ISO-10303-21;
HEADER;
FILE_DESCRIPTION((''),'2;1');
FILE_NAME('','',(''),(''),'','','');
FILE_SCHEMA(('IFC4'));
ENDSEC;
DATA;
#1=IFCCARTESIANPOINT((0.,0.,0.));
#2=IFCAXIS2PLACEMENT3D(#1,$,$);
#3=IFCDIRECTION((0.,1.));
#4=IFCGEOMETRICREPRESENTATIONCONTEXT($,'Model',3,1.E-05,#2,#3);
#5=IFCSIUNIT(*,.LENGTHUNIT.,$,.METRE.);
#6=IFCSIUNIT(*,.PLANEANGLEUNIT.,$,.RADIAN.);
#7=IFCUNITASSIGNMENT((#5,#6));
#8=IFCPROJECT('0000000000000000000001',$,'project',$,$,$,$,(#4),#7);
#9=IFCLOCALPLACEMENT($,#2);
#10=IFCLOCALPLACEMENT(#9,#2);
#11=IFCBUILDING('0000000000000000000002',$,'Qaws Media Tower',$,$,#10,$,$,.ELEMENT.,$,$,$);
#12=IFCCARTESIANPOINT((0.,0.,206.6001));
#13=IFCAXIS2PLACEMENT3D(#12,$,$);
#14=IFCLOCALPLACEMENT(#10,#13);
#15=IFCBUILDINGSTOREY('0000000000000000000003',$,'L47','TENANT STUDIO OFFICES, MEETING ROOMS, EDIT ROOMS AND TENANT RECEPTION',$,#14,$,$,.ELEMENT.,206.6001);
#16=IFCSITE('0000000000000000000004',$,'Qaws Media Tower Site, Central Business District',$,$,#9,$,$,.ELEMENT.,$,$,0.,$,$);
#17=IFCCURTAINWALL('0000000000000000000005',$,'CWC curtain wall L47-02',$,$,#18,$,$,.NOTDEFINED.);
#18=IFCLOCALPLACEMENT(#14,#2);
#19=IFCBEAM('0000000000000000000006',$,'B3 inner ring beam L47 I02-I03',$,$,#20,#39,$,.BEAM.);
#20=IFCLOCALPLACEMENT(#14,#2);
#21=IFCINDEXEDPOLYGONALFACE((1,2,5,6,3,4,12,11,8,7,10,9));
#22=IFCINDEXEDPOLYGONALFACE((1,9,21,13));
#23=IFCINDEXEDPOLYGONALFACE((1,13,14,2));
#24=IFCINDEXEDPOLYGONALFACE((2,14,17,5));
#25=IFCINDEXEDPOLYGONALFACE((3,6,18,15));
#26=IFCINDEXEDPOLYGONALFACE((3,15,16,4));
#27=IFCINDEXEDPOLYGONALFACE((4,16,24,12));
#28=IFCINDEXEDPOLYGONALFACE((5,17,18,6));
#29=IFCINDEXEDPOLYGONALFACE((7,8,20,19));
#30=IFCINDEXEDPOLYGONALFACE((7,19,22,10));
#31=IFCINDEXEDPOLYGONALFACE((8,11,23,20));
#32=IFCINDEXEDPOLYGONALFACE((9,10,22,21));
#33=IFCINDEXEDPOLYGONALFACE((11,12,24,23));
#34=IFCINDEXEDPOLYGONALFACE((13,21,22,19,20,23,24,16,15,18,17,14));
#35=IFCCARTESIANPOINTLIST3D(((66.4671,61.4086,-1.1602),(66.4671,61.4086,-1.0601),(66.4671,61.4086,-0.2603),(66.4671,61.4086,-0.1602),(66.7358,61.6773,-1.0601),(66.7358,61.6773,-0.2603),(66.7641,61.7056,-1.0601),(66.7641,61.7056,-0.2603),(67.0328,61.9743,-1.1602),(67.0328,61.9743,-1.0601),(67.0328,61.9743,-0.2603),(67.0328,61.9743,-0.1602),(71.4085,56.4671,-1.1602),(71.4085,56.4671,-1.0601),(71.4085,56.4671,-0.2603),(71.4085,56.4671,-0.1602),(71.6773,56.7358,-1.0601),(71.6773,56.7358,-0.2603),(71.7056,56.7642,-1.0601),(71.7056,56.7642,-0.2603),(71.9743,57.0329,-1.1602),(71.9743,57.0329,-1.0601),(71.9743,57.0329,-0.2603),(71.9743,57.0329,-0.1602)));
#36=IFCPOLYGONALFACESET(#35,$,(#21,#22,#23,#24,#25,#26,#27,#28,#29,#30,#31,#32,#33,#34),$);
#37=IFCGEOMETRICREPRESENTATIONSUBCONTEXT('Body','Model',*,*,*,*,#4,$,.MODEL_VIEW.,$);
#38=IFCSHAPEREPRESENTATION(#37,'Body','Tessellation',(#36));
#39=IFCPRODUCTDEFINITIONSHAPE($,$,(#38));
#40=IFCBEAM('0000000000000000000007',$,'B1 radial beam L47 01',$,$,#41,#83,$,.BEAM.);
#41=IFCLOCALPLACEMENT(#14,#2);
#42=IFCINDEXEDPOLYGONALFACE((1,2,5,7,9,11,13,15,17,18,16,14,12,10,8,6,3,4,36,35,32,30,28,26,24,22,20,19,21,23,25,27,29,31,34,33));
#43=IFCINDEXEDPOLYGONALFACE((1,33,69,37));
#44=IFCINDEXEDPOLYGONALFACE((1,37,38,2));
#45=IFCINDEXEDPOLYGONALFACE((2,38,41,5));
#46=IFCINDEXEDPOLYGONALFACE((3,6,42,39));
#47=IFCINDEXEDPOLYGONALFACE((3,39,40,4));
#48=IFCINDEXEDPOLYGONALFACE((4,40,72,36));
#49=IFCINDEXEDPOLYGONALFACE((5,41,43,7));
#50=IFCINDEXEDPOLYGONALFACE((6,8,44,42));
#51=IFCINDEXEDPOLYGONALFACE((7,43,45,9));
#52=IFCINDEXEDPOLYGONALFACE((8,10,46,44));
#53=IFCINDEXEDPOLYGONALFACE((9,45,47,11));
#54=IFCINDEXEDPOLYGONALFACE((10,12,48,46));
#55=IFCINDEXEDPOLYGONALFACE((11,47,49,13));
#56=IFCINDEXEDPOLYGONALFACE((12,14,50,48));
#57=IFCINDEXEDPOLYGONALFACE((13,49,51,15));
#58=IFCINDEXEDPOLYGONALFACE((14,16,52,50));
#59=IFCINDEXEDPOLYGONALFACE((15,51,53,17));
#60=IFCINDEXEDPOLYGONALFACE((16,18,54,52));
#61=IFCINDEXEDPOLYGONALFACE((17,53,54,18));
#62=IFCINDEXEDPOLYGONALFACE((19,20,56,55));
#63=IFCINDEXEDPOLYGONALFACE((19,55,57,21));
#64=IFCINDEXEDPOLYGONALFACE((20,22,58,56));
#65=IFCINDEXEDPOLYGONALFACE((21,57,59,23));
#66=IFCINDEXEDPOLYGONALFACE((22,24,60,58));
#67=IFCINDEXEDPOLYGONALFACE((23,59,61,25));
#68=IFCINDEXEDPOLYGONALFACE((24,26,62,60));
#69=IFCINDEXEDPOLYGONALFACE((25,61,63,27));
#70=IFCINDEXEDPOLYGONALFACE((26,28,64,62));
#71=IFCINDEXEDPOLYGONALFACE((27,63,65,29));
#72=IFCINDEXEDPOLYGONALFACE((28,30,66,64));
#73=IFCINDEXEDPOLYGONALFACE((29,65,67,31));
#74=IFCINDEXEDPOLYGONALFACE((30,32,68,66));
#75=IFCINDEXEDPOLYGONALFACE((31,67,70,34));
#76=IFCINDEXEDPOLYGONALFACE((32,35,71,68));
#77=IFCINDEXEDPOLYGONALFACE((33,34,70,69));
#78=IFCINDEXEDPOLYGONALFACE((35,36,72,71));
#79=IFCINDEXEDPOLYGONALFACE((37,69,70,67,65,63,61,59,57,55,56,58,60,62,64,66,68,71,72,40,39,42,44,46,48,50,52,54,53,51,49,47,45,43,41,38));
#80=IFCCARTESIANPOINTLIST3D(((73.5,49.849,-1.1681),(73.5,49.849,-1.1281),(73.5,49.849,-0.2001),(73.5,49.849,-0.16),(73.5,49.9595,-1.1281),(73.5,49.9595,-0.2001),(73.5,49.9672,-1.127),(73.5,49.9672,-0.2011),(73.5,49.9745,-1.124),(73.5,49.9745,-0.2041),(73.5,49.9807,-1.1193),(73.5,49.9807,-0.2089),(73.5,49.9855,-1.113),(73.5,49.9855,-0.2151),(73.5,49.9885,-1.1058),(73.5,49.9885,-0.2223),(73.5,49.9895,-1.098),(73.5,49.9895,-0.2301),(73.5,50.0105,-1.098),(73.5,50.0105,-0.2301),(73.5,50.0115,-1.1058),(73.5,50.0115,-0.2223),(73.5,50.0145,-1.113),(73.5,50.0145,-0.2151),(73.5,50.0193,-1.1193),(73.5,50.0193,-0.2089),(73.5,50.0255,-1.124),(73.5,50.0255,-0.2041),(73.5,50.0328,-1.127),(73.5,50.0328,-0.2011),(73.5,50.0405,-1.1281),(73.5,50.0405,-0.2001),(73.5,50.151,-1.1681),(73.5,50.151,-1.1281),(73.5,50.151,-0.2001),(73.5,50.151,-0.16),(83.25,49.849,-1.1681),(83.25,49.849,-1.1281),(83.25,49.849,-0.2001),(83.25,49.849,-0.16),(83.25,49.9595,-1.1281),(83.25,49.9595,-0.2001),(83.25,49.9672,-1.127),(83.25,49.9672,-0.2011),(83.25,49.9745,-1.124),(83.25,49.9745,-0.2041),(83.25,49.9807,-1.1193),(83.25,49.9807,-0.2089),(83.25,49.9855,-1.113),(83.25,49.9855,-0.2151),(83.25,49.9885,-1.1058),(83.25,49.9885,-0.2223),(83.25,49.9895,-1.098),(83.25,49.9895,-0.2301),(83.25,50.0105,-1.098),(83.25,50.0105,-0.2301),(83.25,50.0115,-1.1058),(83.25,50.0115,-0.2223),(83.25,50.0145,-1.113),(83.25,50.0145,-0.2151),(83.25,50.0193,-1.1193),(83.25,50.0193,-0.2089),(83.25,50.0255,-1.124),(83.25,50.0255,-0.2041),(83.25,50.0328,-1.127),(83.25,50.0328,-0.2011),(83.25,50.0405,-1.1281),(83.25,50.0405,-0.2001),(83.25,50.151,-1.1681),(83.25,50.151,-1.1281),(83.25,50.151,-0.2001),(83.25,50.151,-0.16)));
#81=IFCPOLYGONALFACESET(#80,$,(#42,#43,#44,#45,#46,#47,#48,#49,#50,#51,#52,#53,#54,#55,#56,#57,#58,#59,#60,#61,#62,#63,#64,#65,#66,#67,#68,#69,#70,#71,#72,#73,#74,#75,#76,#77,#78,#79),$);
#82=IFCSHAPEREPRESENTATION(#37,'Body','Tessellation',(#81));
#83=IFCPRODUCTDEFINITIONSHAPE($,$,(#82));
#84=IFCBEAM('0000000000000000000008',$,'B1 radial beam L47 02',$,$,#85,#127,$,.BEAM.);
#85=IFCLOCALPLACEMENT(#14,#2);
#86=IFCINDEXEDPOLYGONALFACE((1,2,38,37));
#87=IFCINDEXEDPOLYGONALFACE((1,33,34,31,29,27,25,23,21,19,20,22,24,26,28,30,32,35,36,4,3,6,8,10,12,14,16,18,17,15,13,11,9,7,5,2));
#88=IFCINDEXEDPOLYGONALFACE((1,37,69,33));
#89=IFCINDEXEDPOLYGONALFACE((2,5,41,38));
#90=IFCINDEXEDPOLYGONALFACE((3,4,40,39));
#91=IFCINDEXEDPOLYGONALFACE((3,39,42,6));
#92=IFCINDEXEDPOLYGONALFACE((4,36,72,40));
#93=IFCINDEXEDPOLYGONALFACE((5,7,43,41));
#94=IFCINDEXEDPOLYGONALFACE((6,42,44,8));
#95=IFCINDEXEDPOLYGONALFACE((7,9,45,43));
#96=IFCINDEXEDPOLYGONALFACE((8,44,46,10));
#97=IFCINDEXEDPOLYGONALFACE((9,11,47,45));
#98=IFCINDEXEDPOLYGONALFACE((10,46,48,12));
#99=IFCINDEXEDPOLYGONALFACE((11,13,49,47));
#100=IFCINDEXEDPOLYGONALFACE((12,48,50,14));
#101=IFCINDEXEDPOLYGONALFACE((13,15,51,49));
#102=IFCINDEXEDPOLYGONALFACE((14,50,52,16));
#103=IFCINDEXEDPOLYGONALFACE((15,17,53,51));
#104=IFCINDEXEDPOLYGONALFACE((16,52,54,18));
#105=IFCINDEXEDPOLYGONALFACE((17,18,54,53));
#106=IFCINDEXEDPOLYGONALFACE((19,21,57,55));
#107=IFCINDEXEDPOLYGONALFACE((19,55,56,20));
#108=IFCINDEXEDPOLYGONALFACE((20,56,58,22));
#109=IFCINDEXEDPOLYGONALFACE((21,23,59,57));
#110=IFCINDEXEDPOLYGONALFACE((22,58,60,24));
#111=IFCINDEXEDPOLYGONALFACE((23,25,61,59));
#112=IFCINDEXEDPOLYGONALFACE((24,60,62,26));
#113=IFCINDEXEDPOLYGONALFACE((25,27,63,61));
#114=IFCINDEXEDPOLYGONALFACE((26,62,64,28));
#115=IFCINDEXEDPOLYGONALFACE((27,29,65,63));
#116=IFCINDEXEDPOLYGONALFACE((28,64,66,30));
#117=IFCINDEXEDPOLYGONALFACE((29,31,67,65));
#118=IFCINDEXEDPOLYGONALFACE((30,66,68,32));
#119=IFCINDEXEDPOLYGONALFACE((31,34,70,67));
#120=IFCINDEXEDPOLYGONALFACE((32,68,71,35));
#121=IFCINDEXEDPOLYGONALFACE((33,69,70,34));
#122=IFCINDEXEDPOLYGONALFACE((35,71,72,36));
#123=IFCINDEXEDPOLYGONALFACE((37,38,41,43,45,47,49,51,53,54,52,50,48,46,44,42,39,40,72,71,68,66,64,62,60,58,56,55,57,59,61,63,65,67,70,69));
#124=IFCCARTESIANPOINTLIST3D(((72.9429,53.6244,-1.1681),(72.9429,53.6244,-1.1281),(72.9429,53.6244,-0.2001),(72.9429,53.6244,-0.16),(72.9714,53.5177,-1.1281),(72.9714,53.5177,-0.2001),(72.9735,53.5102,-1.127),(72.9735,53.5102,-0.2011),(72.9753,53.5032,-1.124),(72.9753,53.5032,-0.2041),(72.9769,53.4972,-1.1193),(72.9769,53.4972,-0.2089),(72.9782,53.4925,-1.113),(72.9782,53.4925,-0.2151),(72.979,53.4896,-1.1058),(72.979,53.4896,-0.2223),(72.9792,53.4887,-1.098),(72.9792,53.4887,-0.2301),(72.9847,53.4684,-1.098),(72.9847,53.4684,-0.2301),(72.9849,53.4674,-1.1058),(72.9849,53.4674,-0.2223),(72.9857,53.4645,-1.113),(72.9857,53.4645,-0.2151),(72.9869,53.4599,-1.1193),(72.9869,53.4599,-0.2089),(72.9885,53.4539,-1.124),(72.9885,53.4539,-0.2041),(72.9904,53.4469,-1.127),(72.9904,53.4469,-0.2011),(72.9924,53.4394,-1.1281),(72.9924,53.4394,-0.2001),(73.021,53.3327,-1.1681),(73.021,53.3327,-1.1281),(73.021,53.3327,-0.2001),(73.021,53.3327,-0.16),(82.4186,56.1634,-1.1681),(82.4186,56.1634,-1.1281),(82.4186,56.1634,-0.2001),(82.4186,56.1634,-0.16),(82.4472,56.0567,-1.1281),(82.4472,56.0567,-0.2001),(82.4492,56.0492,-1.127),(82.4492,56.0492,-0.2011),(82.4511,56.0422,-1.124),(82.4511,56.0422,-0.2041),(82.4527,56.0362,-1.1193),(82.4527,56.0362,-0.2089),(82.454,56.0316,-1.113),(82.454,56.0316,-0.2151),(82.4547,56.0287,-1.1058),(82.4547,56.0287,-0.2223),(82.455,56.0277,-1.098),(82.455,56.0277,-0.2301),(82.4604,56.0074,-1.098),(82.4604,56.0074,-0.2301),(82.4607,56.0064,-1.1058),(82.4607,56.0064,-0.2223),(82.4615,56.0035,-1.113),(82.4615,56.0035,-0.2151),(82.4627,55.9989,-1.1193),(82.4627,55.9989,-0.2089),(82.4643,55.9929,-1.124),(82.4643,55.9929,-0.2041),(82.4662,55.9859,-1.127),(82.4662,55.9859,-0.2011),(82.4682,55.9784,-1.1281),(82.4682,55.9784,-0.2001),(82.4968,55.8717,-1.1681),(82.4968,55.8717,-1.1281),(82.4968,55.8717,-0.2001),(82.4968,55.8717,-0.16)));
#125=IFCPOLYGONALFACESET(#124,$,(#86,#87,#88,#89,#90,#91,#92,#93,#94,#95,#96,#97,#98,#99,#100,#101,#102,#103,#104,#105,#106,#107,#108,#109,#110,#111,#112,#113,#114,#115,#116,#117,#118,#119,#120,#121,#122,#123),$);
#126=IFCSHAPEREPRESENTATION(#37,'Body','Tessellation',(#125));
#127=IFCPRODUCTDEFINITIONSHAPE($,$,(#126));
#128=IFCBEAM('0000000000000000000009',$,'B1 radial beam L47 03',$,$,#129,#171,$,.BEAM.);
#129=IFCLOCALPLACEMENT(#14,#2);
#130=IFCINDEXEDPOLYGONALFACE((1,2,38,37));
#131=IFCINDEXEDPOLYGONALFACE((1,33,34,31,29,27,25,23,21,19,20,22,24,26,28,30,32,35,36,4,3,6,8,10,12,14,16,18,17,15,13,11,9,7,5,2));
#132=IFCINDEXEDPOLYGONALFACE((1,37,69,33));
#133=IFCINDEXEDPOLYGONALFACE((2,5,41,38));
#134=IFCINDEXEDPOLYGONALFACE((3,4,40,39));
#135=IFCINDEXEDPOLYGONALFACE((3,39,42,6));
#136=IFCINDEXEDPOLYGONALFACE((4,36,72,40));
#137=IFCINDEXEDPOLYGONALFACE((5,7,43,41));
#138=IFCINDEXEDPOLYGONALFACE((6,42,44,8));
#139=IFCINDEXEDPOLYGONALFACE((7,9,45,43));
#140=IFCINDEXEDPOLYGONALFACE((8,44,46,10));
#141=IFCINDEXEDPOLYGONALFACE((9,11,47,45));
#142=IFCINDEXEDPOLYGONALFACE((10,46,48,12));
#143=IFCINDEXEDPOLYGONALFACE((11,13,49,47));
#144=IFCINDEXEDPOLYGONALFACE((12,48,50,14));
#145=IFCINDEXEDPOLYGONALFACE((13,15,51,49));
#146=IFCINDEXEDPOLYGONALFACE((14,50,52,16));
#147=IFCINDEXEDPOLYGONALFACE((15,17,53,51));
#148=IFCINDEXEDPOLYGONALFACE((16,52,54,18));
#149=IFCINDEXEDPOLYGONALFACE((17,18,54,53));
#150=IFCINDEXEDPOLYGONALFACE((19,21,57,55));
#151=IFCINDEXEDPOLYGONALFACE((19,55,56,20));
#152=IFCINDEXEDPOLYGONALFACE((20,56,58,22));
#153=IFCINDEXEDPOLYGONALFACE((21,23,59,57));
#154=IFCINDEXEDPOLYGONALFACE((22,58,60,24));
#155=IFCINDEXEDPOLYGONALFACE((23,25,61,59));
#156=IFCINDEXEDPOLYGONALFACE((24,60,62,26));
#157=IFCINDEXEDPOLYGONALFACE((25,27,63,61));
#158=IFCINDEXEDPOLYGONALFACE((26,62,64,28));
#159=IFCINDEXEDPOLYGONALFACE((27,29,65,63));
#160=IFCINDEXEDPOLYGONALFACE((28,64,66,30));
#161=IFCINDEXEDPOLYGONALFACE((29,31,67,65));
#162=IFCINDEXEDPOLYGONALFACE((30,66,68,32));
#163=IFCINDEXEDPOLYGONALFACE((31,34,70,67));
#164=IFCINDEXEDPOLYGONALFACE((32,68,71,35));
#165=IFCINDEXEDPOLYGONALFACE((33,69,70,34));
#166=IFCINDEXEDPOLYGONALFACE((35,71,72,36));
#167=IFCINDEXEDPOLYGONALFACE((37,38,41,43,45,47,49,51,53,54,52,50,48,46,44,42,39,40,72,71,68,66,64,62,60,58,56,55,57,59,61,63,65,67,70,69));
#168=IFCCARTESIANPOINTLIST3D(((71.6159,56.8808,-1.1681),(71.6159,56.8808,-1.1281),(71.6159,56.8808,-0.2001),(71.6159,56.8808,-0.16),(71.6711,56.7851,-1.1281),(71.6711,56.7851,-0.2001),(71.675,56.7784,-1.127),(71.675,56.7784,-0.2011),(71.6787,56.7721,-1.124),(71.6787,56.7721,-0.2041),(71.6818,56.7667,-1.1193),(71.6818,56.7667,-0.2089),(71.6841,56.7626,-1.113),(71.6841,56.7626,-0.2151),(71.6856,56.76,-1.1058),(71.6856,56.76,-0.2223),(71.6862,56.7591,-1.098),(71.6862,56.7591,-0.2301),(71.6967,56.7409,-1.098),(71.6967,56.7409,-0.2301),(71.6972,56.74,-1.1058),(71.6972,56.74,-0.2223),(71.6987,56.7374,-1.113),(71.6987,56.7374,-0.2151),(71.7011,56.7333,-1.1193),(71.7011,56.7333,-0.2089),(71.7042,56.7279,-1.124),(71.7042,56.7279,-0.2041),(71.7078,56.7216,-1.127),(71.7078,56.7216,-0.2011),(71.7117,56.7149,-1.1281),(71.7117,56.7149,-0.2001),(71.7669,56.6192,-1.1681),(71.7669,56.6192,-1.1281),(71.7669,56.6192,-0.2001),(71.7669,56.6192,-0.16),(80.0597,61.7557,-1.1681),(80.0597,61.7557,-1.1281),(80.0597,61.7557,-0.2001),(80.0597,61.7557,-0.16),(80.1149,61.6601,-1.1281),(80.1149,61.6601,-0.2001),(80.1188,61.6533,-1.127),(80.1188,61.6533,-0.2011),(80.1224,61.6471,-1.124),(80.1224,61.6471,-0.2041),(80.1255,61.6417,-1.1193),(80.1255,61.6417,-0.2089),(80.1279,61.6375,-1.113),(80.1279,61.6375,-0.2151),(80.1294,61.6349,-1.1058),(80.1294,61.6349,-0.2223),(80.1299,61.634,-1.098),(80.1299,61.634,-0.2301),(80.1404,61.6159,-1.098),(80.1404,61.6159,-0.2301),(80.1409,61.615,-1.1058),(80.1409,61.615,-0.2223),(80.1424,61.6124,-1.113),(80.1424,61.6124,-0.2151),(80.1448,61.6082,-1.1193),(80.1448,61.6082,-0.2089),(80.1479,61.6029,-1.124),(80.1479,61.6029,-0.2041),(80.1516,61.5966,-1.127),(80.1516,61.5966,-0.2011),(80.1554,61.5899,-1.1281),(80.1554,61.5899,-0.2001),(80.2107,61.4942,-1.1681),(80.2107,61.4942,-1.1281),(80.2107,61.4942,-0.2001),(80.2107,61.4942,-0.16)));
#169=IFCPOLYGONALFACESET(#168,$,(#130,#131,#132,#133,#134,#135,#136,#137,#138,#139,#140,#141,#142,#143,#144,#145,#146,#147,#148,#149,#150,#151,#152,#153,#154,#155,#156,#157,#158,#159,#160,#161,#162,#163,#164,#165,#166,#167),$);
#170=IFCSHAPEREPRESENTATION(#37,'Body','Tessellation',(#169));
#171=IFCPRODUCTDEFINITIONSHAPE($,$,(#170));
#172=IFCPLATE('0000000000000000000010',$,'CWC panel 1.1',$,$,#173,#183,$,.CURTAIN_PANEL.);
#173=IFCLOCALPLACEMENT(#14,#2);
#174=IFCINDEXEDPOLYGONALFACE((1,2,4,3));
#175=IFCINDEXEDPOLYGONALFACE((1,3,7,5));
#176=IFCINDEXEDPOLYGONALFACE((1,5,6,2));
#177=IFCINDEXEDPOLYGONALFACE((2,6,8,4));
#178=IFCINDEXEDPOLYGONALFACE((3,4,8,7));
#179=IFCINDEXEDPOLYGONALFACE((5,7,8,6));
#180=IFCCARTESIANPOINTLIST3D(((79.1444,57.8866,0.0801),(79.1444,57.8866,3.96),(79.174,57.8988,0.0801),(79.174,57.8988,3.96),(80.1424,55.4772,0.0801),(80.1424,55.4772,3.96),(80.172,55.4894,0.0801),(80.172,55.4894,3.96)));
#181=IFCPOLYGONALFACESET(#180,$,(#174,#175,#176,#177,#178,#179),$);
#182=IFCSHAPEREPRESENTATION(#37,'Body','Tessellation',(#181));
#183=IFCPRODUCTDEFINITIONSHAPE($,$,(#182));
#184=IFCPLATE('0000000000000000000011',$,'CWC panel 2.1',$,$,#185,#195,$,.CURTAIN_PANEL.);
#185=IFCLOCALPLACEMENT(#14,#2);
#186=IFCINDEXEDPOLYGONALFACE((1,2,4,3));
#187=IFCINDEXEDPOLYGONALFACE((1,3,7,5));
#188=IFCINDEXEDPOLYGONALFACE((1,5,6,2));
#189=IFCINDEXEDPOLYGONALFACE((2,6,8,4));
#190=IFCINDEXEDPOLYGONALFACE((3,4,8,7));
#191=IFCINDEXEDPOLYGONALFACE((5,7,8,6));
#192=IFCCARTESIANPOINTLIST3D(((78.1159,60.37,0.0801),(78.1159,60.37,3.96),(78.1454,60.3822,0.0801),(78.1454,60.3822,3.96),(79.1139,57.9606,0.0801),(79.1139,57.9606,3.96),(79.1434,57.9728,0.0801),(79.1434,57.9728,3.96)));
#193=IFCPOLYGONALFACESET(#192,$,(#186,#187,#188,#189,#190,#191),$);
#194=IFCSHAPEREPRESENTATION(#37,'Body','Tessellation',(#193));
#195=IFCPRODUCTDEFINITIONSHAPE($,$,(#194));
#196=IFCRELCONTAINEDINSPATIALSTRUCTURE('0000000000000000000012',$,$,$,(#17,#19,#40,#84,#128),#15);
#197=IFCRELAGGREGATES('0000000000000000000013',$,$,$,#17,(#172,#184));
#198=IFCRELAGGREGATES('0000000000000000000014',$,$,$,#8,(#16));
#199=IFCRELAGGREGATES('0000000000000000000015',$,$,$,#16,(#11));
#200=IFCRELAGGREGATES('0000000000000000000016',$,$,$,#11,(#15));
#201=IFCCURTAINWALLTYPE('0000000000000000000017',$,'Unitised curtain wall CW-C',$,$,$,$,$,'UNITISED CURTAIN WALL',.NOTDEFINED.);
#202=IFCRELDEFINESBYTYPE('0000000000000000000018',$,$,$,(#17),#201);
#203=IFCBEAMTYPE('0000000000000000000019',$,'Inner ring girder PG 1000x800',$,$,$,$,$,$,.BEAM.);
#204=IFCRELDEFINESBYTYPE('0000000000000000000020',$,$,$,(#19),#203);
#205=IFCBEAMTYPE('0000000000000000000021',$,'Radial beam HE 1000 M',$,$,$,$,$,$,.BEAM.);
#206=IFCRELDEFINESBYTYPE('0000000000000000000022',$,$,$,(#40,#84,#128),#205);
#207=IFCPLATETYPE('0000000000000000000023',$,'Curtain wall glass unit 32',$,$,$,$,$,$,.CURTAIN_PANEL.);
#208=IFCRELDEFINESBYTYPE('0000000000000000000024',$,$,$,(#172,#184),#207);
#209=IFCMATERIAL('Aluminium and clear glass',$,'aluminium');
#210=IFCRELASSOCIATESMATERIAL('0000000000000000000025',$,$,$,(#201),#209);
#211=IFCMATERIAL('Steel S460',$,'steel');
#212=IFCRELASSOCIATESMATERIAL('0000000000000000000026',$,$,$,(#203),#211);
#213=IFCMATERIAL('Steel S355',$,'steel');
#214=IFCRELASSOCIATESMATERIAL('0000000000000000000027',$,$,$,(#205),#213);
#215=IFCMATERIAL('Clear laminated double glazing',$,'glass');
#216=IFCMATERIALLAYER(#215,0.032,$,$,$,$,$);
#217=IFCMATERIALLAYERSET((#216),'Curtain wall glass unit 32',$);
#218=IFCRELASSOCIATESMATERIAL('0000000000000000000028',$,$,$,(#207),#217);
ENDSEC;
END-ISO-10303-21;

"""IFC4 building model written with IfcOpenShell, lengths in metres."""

from ifc_helpers import new_model, si_unit, direction, frame, origin, origin_2d, place, context, subcontext, project, spatial, rectangle, i_section, extrude, material, layer, layer_set, material_profile, profile_set, type_object, element, aggregate, save


model = new_model("IFC4")

# Units and contexts
model_context = context("Model", 3, precision=1e-05, world=origin(), true_north=direction((0.0, 1.0)))
body_context = subcontext(model_context, "Body", "Model", "MODEL_VIEW")
ifc_project = project(units=[si_unit("LENGTHUNIT", "METRE"), si_unit("PLANEANGLEUNIT", "RADIAN")], contexts=[model_context])

# Site, building, storey
site_placement = place(None, origin())
site = spatial("IfcSite", under=ifc_project, at=site_placement, Name="Qaws Media Tower Site, Central Business District", CompositionType="ELEMENT", RefElevation=0.0)
building_placement = place(site_placement, origin())
building = spatial("IfcBuilding", under=site, at=building_placement, Name="Qaws Media Tower", CompositionType="ELEMENT")
storey_placement = place(building_placement, frame((0.0, 0.0, 206.6001)))
storey = spatial("IfcBuildingStorey", under=building, at=storey_placement, Name="L47", Description="TENANT STUDIO OFFICES, MEETING ROOMS, EDIT ROOMS AND TENANT RECEPTION", CompositionType="ELEMENT", Elevation=206.6001)

# Curtain wall
ifc_material_1 = material(Name="Aluminium and clear glass", Category="aluminium")
curtain_wall_type = type_object("IfcCurtainWallType", Name="Unitised curtain wall CW-C", ElementType="UNITISED CURTAIN WALL", PredefinedType="NOTDEFINED", material=ifc_material_1)
curtain_wall_1_placement = place(storey_placement, origin())
curtain_wall_1 = element("IfcCurtainWall", 1, at=curtain_wall_1_placement, inside=storey, type_object=curtain_wall_type, Name="CWC curtain wall L47-02", PredefinedType="NOTDEFINED")

# Beams
ifc_material_2 = material(Name="Steel S460", Category="steel")
ifc_material_profile_1 = material_profile(ifc_material_2, i_section(OverallWidth=0.8, OverallDepth=1.0, WebThickness=0.04, FlangeThickness=0.1001, at=origin_2d()), Name="PG 1000x800")
ifc_profile_set_1 = profile_set([ifc_material_profile_1], Name="Steel S460")
beam_type_1 = type_object("IfcBeamType", Name="Inner ring girder PG 1000x800", PredefinedType="BEAM", material=ifc_profile_set_1)
beam_1_placement = place(storey_placement, frame((71.6914, 56.75, -0.6602), z_axis=(-0.707107, 0.707107, 0.0), x_axis=(-0.707107, -0.707107, 0.0)))
element("IfcBeam", 2, at=beam_1_placement, inside=storey, type_object=beam_type_1, Name="B3 inner ring beam L47 I02-I03", PredefinedType="BEAM", context=body_context, shape_type="SweptSolid", body=[
    extrude(i_section(OverallWidth=0.8, OverallDepth=1.0, WebThickness=0.04, FlangeThickness=0.1001, at=origin_2d()), origin(), (0.0, 0.0, 1.0), 6.9883),
])
ifc_material_3 = material(Name="Steel S355", Category="steel")
ifc_material_profile_2 = material_profile(ifc_material_3, i_section(OverallWidth=0.302, OverallDepth=1.0081, WebThickness=0.021, FlangeThickness=0.04, FilletRadius=0.03, at=origin_2d()), Name="HE 1000 M")
ifc_profile_set_2 = profile_set([ifc_material_profile_2], Name="Steel S355")
beam_type_2 = type_object("IfcBeamType", Name="Radial beam HE 1000 M", PredefinedType="BEAM", material=ifc_profile_set_2)
beam_2_placement = place(storey_placement, frame((73.5, 50.0, -0.6641), z_axis=(1.0, 0.0, 0.0), x_axis=(0.0, 1.0, 0.0)))
element("IfcBeam", 3, at=beam_2_placement, inside=storey, type_object=beam_type_2, Name="B1 radial beam L47 01", PredefinedType="BEAM", context=body_context, shape_type="SweptSolid", body=[
    extrude(i_section(OverallWidth=0.302, OverallDepth=1.0081, WebThickness=0.021, FlangeThickness=0.04, FilletRadius=0.03, at=origin_2d()), origin(), (0.0, 0.0, 1.0), 9.75),
])
beam_3_placement = place(storey_placement, frame((72.9819, 53.4785, -0.6641), z_axis=(0.965925, 0.258821, 0.0), x_axis=(-0.258821, 0.965925, 0.0)))
element("IfcBeam", 4, at=beam_3_placement, inside=storey, type_object=beam_type_2, Name="B1 radial beam L47 02", PredefinedType="BEAM", context=body_context, shape_type="SweptSolid", body=[
    extrude(i_section(OverallWidth=0.302, OverallDepth=1.0081, WebThickness=0.021, FlangeThickness=0.04, FilletRadius=0.03, at=origin_2d()), origin(), (0.0, 0.0, 1.0), 9.8101),
])
beam_4_placement = place(storey_placement, frame((71.6914, 56.75, -0.6641), z_axis=(0.866028, 0.499996, 0.0), x_axis=(-0.499996, 0.866028, 0.0)))
element("IfcBeam", 5, at=beam_4_placement, inside=storey, type_object=beam_type_2, Name="B1 radial beam L47 03", PredefinedType="BEAM", context=body_context, shape_type="SweptSolid", body=[
    extrude(i_section(OverallWidth=0.302, OverallDepth=1.0081, WebThickness=0.021, FlangeThickness=0.04, FilletRadius=0.03, at=origin_2d()), origin(), (0.0, 0.0, 1.0), 9.75),
])

# Plates
ifc_material_4 = material(Name="Clear laminated double glazing", Category="glass")
ifc_layer_1 = layer(ifc_material_4, 0.032)
ifc_layer_set_1 = layer_set([ifc_layer_1], Name="Curtain wall glass unit 32")
plate_type_1 = type_object("IfcPlateType", Name="Curtain wall glass unit 32", PredefinedType="CURTAIN_PANEL", material=ifc_layer_set_1)
plate_1_placement = place(storey_placement, frame((79.6582, 56.688, 0.0801), z_axis=(0.0, 0.0, 1.0), x_axis=(-0.382683, 0.92388, 0.0)))
plate_1 = element("IfcPlate", 6, at=plate_1_placement, type_object=plate_type_1, Name="CWC panel 1.1", PredefinedType="CURTAIN_PANEL", context=body_context, shape_type="SweptSolid", body=[
    extrude(rectangle(XDim=2.6079, YDim=0.032, at=origin_2d()), origin(), (0.0, 0.0, 1.0), 3.8799),
])
plate_2_placement = place(storey_placement, frame((78.6296, 59.1714, 0.0801), z_axis=(0.0, 0.0, 1.0), x_axis=(-0.382683, 0.92388, 0.0)))
plate_2 = element("IfcPlate", 7, at=plate_2_placement, type_object=plate_type_1, Name="CWC panel 2.1", PredefinedType="CURTAIN_PANEL", context=body_context, shape_type="SweptSolid", body=[
    extrude(rectangle(XDim=2.6079, YDim=0.032, at=origin_2d()), origin(), (0.0, 0.0, 1.0), 3.8799),
])
aggregate(curtain_wall_1, [plate_1, plate_2])

save(model, "model.ifc")
